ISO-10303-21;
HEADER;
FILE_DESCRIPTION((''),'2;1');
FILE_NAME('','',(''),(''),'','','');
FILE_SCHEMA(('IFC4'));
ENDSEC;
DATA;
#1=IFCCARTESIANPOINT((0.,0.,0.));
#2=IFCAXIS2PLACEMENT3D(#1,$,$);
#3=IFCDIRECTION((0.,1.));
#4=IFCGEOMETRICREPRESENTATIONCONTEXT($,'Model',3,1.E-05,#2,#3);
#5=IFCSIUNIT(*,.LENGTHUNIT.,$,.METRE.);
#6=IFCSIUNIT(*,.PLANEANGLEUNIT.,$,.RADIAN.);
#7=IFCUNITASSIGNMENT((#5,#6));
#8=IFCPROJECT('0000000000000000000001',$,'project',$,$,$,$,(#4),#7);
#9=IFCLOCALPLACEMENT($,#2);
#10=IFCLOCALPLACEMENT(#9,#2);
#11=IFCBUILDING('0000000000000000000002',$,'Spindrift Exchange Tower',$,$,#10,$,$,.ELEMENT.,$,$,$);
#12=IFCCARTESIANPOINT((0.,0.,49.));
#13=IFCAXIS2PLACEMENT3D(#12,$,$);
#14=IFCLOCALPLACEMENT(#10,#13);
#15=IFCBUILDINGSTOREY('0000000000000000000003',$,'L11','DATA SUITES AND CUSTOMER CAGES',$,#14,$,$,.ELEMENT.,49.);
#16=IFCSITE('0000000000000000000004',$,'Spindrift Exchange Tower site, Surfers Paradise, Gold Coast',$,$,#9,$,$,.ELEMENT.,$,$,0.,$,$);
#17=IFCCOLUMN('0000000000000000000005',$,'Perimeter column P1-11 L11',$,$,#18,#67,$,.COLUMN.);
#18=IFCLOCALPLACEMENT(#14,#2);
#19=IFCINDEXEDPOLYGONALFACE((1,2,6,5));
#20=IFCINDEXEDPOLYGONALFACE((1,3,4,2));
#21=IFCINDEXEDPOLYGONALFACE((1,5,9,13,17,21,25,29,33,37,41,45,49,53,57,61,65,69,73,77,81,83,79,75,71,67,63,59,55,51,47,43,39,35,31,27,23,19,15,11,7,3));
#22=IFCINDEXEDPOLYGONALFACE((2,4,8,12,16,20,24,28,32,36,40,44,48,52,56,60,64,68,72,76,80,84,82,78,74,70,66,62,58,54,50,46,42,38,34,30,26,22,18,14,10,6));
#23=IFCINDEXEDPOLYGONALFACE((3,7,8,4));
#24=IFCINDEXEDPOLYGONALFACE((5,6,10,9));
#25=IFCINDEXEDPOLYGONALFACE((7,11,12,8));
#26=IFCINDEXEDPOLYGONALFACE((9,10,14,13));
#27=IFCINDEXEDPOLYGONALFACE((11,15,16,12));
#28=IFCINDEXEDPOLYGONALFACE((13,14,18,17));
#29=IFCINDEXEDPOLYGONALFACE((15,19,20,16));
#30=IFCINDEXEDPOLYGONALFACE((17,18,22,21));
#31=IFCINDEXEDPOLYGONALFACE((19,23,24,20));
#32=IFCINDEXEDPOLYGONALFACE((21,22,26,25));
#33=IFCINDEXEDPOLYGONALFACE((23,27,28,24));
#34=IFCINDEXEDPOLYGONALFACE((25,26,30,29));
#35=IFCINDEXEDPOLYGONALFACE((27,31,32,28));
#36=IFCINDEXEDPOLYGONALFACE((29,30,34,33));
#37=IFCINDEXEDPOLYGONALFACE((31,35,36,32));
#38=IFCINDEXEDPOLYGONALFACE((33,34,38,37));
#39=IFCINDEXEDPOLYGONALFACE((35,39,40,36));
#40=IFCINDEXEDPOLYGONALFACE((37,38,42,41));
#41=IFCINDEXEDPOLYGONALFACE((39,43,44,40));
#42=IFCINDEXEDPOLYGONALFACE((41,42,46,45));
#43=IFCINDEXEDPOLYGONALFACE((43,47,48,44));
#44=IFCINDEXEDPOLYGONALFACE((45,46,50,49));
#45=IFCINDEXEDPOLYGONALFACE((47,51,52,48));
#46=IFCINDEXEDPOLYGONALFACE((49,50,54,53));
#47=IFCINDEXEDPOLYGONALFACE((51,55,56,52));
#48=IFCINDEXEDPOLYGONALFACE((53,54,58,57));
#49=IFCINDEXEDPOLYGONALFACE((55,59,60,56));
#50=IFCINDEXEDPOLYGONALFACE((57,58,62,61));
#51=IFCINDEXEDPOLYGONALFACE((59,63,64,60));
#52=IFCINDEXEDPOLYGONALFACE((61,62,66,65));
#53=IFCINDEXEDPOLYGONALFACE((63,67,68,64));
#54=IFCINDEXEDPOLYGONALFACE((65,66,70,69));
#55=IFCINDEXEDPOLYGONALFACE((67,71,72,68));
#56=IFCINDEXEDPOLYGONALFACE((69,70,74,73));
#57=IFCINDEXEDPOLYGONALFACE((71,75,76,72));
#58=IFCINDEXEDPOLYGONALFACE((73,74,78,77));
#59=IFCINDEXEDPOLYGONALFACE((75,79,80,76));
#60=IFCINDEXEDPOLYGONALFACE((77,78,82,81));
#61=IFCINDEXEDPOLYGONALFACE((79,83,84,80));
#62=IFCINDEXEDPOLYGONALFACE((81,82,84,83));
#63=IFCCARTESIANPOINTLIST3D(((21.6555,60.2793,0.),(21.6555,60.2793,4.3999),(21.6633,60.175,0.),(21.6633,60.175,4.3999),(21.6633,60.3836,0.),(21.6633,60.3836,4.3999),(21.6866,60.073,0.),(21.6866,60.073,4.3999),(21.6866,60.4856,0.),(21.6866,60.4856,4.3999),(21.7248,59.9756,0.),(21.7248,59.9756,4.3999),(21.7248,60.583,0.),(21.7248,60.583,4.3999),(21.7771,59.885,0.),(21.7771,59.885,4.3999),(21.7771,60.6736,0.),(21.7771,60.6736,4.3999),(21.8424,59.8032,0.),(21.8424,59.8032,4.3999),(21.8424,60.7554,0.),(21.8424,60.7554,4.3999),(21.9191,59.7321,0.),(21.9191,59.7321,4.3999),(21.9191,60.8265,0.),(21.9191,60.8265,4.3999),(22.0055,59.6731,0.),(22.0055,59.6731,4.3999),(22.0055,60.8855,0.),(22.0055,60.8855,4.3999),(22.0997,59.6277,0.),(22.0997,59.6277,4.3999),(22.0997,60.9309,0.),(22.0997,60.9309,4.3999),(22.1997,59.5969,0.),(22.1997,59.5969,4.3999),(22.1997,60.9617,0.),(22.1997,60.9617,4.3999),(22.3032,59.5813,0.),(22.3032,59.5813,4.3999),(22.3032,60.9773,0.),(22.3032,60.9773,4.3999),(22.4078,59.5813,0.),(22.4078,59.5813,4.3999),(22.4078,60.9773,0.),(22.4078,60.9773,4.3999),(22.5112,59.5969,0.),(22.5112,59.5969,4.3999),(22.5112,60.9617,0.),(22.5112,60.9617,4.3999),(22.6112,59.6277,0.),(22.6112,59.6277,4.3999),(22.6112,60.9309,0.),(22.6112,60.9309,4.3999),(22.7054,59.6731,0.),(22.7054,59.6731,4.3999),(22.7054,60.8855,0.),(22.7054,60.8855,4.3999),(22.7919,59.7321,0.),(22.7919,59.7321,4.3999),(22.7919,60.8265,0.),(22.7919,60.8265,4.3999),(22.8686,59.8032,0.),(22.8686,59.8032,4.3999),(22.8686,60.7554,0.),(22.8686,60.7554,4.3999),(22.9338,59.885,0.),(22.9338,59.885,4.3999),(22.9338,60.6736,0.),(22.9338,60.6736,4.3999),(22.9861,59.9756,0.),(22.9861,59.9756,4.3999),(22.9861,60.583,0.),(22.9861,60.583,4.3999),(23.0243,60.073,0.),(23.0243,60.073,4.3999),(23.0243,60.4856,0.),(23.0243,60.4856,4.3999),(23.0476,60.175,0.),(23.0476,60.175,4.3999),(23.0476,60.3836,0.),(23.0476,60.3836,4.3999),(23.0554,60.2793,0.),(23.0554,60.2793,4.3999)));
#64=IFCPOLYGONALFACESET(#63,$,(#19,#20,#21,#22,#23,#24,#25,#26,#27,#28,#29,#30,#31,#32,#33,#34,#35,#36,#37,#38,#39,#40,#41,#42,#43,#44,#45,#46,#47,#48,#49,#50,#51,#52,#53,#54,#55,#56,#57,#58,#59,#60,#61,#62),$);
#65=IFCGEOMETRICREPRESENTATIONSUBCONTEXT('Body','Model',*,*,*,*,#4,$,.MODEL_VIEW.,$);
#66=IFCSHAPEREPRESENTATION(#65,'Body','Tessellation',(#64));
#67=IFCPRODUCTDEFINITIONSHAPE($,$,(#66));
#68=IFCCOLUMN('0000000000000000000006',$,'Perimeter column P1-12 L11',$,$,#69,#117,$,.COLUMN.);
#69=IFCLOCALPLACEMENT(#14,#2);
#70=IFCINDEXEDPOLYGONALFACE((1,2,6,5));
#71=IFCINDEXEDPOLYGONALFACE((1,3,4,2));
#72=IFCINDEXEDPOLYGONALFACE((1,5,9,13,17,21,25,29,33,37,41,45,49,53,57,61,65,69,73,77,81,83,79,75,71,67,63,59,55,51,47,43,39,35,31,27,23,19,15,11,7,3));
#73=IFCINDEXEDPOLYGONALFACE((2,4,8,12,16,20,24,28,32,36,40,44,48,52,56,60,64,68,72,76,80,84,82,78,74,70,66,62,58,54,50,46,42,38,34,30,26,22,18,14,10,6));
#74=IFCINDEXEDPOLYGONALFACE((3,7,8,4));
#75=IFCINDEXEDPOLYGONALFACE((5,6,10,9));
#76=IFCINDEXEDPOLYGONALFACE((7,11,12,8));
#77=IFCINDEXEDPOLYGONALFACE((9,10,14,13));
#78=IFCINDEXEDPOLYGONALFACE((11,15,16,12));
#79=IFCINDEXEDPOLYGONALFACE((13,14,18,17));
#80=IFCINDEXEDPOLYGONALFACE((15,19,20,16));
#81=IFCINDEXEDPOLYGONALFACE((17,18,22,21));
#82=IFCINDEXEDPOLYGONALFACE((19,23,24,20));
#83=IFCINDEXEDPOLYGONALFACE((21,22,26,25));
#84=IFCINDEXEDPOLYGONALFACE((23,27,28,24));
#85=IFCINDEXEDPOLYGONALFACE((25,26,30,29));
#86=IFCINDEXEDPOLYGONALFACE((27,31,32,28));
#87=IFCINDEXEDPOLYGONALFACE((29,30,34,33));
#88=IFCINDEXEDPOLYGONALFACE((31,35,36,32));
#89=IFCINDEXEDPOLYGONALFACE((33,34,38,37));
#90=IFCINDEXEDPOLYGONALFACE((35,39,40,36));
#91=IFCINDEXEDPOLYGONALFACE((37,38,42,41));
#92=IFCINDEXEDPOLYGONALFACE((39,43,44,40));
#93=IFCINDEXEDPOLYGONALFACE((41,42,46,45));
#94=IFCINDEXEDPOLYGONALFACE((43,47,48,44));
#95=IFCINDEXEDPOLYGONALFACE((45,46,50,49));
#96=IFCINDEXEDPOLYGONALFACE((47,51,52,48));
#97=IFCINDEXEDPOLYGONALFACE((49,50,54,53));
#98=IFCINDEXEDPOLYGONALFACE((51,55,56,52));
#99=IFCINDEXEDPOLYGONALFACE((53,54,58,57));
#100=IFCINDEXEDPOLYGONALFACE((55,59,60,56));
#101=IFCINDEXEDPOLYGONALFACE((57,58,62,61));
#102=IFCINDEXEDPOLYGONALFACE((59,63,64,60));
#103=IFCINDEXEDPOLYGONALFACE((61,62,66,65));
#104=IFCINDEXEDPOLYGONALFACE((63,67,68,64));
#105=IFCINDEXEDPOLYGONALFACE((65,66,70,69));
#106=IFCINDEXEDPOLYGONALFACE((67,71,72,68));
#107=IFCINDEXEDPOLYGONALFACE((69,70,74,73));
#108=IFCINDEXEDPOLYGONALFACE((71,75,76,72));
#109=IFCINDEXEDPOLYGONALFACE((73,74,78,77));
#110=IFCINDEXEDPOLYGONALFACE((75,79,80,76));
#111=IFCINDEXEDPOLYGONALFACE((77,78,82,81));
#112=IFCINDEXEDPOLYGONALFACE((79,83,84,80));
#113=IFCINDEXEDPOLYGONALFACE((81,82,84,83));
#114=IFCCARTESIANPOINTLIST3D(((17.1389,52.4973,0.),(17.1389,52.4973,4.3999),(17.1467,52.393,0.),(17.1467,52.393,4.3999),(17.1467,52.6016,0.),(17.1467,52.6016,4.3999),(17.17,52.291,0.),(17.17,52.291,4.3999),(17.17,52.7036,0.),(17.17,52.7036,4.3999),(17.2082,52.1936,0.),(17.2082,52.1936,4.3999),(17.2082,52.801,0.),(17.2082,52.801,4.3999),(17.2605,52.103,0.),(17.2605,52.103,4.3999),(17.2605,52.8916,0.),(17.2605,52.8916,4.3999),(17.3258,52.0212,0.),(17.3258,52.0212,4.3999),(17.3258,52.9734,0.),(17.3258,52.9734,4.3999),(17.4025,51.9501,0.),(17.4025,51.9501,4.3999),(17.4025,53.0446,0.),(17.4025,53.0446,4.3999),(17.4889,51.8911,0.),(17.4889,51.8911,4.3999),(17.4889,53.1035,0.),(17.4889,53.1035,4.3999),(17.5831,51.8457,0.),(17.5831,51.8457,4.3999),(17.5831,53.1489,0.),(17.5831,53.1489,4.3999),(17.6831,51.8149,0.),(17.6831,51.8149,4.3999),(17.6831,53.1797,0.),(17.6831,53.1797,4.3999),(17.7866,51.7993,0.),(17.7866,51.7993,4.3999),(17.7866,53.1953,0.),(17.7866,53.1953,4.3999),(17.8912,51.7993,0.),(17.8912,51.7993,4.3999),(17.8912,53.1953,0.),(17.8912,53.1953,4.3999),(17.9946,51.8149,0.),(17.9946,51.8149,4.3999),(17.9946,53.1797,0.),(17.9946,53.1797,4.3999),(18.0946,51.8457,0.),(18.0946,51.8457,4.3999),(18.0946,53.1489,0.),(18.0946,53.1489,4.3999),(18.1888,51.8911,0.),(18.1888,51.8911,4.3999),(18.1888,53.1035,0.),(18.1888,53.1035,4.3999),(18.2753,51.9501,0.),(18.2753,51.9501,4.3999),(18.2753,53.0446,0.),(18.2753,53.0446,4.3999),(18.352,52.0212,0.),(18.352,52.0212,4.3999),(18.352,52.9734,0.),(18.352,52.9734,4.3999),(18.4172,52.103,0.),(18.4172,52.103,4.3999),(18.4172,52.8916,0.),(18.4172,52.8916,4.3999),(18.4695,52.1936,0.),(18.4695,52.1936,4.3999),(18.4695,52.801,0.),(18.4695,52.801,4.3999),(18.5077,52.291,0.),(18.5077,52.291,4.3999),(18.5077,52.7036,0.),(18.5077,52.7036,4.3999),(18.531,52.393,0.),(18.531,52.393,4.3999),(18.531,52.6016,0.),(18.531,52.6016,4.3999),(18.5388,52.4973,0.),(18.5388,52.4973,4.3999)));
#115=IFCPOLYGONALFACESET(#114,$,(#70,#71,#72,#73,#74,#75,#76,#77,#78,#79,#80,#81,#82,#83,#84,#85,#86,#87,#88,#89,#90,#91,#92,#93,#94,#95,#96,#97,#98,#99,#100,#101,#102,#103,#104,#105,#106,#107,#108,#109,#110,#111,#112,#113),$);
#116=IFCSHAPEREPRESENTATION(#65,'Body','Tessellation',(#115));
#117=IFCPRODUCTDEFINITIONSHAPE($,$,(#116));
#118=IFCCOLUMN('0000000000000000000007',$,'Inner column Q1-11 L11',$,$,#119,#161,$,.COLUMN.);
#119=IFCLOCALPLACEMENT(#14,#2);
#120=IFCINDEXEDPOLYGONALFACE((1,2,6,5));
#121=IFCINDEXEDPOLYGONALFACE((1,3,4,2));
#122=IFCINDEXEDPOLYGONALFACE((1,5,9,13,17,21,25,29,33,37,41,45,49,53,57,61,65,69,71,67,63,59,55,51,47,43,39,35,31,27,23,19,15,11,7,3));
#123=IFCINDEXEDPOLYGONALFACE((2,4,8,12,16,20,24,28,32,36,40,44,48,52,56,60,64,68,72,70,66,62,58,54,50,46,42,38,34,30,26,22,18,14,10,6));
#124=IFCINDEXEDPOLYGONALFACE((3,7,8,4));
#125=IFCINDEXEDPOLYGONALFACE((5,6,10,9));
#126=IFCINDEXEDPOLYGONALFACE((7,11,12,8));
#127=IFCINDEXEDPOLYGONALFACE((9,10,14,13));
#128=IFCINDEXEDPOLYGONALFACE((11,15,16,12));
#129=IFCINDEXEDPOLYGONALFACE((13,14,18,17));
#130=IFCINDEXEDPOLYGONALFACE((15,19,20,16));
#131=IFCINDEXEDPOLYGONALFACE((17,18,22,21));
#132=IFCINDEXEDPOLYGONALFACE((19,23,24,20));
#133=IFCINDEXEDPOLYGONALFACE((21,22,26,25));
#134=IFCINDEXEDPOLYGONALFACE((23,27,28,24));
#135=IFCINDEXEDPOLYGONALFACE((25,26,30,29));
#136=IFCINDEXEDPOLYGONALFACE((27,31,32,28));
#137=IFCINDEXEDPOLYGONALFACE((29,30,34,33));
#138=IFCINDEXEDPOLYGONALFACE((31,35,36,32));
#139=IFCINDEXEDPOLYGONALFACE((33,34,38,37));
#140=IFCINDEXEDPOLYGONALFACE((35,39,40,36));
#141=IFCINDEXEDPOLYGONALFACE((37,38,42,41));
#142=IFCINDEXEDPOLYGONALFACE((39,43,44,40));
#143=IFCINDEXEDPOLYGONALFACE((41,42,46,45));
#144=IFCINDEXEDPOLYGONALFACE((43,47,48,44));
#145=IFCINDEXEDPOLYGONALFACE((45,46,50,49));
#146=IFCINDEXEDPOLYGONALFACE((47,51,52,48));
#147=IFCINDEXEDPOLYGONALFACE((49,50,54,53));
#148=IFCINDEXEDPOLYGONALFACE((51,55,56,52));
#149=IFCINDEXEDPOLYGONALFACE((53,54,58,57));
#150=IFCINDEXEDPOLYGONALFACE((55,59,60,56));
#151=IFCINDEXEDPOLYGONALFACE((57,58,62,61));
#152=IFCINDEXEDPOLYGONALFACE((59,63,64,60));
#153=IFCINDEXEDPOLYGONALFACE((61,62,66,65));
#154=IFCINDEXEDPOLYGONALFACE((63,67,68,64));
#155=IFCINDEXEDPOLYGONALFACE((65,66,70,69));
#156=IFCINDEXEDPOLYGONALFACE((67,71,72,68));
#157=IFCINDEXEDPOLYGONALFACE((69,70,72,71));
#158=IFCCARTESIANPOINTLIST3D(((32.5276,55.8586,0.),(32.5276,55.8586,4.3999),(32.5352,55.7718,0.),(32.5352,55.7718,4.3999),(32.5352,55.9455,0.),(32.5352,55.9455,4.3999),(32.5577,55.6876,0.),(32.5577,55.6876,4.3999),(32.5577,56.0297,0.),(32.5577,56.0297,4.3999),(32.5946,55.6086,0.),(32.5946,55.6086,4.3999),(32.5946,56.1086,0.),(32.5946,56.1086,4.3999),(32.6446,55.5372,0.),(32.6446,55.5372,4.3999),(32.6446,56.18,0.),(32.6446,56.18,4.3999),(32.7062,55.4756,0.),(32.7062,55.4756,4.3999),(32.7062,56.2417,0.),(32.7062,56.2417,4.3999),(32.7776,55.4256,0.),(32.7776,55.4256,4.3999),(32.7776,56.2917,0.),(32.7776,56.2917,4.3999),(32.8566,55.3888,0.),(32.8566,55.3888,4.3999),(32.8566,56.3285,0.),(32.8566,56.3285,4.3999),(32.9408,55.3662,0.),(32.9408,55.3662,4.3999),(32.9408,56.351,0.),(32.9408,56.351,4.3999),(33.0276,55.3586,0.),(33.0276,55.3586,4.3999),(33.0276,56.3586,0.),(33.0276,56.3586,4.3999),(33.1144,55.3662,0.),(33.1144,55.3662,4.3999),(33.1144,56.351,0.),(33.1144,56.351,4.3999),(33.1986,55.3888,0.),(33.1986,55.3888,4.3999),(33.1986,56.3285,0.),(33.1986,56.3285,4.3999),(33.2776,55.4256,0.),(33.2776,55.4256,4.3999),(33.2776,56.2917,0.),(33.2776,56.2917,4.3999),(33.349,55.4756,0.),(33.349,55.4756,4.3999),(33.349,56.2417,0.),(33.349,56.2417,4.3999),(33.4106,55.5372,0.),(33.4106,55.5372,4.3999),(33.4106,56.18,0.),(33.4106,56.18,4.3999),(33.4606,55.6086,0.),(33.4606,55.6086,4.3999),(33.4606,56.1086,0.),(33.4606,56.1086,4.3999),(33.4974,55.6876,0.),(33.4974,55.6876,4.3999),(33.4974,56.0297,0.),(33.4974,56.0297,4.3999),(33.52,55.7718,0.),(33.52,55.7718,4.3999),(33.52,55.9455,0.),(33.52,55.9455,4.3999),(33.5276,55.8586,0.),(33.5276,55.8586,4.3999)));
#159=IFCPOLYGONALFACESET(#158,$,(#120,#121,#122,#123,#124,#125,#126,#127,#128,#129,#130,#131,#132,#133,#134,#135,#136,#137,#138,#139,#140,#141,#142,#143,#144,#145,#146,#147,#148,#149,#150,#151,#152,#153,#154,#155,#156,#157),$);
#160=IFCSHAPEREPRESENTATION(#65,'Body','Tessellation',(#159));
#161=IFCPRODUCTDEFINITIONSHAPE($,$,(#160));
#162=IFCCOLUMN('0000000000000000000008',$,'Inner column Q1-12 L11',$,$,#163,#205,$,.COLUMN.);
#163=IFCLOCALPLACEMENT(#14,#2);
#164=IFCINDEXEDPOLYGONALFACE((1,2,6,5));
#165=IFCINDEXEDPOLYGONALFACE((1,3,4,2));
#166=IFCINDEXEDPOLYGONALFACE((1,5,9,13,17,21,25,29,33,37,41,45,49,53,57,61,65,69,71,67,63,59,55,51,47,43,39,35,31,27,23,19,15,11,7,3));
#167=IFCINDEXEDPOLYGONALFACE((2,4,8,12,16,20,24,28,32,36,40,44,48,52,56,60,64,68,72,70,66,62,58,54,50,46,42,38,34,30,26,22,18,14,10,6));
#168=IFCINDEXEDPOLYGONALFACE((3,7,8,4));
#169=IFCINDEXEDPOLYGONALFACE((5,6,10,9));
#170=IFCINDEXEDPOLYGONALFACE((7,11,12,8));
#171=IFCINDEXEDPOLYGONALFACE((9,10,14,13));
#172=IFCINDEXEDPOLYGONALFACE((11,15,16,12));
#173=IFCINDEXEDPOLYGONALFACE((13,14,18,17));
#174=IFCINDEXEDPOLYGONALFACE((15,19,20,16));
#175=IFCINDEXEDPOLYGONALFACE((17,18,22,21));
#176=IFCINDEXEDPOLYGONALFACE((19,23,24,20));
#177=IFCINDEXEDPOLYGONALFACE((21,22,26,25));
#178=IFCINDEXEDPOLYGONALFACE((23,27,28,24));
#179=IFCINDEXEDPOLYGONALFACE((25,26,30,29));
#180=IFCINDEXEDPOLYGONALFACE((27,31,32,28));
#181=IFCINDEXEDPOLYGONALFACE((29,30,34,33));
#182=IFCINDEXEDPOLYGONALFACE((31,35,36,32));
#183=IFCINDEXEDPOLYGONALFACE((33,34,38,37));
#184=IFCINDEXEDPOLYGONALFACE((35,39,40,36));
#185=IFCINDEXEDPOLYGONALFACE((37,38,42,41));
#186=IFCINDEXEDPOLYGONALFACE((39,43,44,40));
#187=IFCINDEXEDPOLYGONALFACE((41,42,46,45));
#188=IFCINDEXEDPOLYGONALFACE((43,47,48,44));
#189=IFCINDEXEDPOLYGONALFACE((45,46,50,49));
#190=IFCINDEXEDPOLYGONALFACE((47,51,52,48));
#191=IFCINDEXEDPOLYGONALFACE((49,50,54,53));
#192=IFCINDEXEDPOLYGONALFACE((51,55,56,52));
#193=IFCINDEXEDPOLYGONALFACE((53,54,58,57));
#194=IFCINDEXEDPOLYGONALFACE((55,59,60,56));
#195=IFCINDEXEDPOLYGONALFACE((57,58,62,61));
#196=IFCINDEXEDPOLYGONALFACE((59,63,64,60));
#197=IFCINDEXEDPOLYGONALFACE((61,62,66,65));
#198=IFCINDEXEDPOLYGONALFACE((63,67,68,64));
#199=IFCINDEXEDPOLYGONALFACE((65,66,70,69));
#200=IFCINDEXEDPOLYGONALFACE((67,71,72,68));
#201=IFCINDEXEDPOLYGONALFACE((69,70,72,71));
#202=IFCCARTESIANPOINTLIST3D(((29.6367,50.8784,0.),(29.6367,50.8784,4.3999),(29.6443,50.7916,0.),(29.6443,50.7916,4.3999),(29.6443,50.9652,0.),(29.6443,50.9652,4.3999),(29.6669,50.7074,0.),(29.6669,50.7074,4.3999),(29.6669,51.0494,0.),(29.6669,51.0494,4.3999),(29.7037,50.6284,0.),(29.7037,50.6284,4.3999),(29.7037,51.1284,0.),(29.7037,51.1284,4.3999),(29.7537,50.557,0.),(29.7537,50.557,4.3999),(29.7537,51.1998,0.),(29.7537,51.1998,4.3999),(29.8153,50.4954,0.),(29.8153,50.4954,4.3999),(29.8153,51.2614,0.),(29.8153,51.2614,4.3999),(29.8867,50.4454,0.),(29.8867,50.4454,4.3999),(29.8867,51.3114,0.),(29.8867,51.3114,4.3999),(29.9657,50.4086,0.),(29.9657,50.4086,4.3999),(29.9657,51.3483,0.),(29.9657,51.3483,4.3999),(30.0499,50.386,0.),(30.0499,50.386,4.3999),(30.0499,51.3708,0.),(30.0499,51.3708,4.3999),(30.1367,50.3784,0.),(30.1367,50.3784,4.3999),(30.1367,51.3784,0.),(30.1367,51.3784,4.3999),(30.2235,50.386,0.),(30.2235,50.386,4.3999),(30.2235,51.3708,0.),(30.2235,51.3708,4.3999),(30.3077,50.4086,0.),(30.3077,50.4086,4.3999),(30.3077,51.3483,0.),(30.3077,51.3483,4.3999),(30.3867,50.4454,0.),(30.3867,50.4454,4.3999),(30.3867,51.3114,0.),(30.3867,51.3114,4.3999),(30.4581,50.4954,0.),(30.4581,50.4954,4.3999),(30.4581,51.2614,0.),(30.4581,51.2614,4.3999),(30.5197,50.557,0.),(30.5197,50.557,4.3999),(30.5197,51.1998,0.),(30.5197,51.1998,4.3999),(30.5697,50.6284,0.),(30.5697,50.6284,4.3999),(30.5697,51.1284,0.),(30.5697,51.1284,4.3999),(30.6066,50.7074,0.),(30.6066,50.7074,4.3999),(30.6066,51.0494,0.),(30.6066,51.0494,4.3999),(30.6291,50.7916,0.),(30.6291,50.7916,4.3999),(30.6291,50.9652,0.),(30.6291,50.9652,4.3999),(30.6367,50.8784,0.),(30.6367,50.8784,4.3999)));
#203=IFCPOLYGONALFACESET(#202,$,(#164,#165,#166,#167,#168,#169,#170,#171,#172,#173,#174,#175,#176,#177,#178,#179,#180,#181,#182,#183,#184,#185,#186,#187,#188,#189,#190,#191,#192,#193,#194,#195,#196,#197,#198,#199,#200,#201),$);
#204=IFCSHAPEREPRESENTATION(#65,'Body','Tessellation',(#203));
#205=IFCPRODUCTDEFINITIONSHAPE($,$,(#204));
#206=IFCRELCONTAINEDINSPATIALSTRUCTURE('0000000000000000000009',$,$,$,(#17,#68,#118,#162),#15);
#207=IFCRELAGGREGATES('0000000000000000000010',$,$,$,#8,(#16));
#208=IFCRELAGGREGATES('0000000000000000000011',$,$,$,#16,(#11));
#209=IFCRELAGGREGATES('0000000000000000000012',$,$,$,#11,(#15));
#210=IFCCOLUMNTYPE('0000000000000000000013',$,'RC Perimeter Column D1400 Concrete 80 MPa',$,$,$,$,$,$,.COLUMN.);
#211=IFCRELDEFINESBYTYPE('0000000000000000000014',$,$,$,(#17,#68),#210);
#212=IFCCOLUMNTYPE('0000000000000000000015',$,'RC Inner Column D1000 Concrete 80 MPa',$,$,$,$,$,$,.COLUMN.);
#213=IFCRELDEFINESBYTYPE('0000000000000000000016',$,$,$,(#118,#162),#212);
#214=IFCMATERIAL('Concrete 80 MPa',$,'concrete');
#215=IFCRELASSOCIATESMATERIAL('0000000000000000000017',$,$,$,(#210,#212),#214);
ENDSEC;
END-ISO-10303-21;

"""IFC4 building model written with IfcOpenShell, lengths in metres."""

from ifc_helpers import new_model, si_unit, direction, frame, origin, origin_2d, place, context, subcontext, project, spatial, circle, extrude, source, transform, mapped, material, material_profile, profile_set, type_object, element, save


model = new_model("IFC4")

# Units and contexts
model_context = context("Model", 3, precision=1e-05, world=origin(), true_north=direction((0.0, 1.0)))
body_context = subcontext(model_context, "Body", "Model", "MODEL_VIEW")
ifc_project = project(units=[si_unit("LENGTHUNIT", "METRE"), si_unit("PLANEANGLEUNIT", "RADIAN")], contexts=[model_context])

# Site, building, storey
site_placement = place(None, origin())
site = spatial("IfcSite", under=ifc_project, at=site_placement, Name="Spindrift Exchange Tower site, Surfers Paradise, Gold Coast", CompositionType="ELEMENT", RefElevation=0.0)
building_placement = place(site_placement, origin())
building = spatial("IfcBuilding", under=site, at=building_placement, Name="Spindrift Exchange Tower", CompositionType="ELEMENT")
storey_placement = place(building_placement, frame((0.0, 0.0, 49.0)))
storey = spatial("IfcBuildingStorey", under=building, at=storey_placement, Name="L11", Description="DATA SUITES AND CUSTOMER CAGES", CompositionType="ELEMENT", Elevation=49.0)

# Columns
ifc_material_1 = material(Name="Concrete 80 MPa", Category="concrete")
ifc_material_profile_1 = material_profile(ifc_material_1, circle(Radius=0.7, at=origin_2d()), Name="RC D1400")
ifc_profile_set_1 = profile_set([ifc_material_profile_1], Name="Concrete 80 MPa")
column_type_1 = type_object("IfcColumnType", Name="RC Perimeter Column D1400 Concrete 80 MPa", PredefinedType="COLUMN", material=ifc_profile_set_1)
shared_shape_1 = source(origin(), body_context, "Body", "SweptSolid", [
    extrude(circle(Radius=0.7, at=origin_2d()), origin(), (0.0, 0.0, 1.0), 4.3999),
])
for number, where, z_axis, x_axis, name in (
    (1, (22.3555, 60.2793, 0.0), (0.0, 0.0, 1.0), (1.0, 0.0, 0.0), "Perimeter column P1-11 L11"),
    (2, (17.8389, 52.4973, 0.0), (0.0, 0.0, 1.0), (1.0, 0.0, 0.0), "Perimeter column P1-12 L11"),
):
    element("IfcColumn", number, at=place(storey_placement, frame(where, z_axis=z_axis, x_axis=x_axis)), inside=storey, type_object=column_type_1, Name=name, PredefinedType="COLUMN", context=body_context, shape_type="MappedRepresentation", body=[
        mapped(shared_shape_1, transform((0.0, 0.0, 0.0), scale=1.0)),
    ])
ifc_material_profile_2 = material_profile(ifc_material_1, circle(Radius=0.5, at=origin_2d()), Name="RC D1000")
ifc_profile_set_2 = profile_set([ifc_material_profile_2], Name="Concrete 80 MPa")
column_type_2 = type_object("IfcColumnType", Name="RC Inner Column D1000 Concrete 80 MPa", PredefinedType="COLUMN", material=ifc_profile_set_2)
shared_shape_2 = source(origin(), body_context, "Body", "SweptSolid", [
    extrude(circle(Radius=0.5, at=origin_2d()), origin(), (0.0, 0.0, 1.0), 4.3999),
])
for number, where, z_axis, x_axis, name in (
    (3, (33.0276, 55.8586, 0.0), (0.0, 0.0, 1.0), (1.0, 0.0, 0.0), "Inner column Q1-11 L11"),
    (4, (30.1367, 50.8784, 0.0), (0.0, 0.0, 1.0), (1.0, 0.0, 0.0), "Inner column Q1-12 L11"),
):
    element("IfcColumn", number, at=place(storey_placement, frame(where, z_axis=z_axis, x_axis=x_axis)), inside=storey, type_object=column_type_2, Name=name, PredefinedType="COLUMN", context=body_context, shape_type="MappedRepresentation", body=[
        mapped(shared_shape_2, transform((0.0, 0.0, 0.0), scale=1.0)),
    ])

save(model, "model.ifc")
